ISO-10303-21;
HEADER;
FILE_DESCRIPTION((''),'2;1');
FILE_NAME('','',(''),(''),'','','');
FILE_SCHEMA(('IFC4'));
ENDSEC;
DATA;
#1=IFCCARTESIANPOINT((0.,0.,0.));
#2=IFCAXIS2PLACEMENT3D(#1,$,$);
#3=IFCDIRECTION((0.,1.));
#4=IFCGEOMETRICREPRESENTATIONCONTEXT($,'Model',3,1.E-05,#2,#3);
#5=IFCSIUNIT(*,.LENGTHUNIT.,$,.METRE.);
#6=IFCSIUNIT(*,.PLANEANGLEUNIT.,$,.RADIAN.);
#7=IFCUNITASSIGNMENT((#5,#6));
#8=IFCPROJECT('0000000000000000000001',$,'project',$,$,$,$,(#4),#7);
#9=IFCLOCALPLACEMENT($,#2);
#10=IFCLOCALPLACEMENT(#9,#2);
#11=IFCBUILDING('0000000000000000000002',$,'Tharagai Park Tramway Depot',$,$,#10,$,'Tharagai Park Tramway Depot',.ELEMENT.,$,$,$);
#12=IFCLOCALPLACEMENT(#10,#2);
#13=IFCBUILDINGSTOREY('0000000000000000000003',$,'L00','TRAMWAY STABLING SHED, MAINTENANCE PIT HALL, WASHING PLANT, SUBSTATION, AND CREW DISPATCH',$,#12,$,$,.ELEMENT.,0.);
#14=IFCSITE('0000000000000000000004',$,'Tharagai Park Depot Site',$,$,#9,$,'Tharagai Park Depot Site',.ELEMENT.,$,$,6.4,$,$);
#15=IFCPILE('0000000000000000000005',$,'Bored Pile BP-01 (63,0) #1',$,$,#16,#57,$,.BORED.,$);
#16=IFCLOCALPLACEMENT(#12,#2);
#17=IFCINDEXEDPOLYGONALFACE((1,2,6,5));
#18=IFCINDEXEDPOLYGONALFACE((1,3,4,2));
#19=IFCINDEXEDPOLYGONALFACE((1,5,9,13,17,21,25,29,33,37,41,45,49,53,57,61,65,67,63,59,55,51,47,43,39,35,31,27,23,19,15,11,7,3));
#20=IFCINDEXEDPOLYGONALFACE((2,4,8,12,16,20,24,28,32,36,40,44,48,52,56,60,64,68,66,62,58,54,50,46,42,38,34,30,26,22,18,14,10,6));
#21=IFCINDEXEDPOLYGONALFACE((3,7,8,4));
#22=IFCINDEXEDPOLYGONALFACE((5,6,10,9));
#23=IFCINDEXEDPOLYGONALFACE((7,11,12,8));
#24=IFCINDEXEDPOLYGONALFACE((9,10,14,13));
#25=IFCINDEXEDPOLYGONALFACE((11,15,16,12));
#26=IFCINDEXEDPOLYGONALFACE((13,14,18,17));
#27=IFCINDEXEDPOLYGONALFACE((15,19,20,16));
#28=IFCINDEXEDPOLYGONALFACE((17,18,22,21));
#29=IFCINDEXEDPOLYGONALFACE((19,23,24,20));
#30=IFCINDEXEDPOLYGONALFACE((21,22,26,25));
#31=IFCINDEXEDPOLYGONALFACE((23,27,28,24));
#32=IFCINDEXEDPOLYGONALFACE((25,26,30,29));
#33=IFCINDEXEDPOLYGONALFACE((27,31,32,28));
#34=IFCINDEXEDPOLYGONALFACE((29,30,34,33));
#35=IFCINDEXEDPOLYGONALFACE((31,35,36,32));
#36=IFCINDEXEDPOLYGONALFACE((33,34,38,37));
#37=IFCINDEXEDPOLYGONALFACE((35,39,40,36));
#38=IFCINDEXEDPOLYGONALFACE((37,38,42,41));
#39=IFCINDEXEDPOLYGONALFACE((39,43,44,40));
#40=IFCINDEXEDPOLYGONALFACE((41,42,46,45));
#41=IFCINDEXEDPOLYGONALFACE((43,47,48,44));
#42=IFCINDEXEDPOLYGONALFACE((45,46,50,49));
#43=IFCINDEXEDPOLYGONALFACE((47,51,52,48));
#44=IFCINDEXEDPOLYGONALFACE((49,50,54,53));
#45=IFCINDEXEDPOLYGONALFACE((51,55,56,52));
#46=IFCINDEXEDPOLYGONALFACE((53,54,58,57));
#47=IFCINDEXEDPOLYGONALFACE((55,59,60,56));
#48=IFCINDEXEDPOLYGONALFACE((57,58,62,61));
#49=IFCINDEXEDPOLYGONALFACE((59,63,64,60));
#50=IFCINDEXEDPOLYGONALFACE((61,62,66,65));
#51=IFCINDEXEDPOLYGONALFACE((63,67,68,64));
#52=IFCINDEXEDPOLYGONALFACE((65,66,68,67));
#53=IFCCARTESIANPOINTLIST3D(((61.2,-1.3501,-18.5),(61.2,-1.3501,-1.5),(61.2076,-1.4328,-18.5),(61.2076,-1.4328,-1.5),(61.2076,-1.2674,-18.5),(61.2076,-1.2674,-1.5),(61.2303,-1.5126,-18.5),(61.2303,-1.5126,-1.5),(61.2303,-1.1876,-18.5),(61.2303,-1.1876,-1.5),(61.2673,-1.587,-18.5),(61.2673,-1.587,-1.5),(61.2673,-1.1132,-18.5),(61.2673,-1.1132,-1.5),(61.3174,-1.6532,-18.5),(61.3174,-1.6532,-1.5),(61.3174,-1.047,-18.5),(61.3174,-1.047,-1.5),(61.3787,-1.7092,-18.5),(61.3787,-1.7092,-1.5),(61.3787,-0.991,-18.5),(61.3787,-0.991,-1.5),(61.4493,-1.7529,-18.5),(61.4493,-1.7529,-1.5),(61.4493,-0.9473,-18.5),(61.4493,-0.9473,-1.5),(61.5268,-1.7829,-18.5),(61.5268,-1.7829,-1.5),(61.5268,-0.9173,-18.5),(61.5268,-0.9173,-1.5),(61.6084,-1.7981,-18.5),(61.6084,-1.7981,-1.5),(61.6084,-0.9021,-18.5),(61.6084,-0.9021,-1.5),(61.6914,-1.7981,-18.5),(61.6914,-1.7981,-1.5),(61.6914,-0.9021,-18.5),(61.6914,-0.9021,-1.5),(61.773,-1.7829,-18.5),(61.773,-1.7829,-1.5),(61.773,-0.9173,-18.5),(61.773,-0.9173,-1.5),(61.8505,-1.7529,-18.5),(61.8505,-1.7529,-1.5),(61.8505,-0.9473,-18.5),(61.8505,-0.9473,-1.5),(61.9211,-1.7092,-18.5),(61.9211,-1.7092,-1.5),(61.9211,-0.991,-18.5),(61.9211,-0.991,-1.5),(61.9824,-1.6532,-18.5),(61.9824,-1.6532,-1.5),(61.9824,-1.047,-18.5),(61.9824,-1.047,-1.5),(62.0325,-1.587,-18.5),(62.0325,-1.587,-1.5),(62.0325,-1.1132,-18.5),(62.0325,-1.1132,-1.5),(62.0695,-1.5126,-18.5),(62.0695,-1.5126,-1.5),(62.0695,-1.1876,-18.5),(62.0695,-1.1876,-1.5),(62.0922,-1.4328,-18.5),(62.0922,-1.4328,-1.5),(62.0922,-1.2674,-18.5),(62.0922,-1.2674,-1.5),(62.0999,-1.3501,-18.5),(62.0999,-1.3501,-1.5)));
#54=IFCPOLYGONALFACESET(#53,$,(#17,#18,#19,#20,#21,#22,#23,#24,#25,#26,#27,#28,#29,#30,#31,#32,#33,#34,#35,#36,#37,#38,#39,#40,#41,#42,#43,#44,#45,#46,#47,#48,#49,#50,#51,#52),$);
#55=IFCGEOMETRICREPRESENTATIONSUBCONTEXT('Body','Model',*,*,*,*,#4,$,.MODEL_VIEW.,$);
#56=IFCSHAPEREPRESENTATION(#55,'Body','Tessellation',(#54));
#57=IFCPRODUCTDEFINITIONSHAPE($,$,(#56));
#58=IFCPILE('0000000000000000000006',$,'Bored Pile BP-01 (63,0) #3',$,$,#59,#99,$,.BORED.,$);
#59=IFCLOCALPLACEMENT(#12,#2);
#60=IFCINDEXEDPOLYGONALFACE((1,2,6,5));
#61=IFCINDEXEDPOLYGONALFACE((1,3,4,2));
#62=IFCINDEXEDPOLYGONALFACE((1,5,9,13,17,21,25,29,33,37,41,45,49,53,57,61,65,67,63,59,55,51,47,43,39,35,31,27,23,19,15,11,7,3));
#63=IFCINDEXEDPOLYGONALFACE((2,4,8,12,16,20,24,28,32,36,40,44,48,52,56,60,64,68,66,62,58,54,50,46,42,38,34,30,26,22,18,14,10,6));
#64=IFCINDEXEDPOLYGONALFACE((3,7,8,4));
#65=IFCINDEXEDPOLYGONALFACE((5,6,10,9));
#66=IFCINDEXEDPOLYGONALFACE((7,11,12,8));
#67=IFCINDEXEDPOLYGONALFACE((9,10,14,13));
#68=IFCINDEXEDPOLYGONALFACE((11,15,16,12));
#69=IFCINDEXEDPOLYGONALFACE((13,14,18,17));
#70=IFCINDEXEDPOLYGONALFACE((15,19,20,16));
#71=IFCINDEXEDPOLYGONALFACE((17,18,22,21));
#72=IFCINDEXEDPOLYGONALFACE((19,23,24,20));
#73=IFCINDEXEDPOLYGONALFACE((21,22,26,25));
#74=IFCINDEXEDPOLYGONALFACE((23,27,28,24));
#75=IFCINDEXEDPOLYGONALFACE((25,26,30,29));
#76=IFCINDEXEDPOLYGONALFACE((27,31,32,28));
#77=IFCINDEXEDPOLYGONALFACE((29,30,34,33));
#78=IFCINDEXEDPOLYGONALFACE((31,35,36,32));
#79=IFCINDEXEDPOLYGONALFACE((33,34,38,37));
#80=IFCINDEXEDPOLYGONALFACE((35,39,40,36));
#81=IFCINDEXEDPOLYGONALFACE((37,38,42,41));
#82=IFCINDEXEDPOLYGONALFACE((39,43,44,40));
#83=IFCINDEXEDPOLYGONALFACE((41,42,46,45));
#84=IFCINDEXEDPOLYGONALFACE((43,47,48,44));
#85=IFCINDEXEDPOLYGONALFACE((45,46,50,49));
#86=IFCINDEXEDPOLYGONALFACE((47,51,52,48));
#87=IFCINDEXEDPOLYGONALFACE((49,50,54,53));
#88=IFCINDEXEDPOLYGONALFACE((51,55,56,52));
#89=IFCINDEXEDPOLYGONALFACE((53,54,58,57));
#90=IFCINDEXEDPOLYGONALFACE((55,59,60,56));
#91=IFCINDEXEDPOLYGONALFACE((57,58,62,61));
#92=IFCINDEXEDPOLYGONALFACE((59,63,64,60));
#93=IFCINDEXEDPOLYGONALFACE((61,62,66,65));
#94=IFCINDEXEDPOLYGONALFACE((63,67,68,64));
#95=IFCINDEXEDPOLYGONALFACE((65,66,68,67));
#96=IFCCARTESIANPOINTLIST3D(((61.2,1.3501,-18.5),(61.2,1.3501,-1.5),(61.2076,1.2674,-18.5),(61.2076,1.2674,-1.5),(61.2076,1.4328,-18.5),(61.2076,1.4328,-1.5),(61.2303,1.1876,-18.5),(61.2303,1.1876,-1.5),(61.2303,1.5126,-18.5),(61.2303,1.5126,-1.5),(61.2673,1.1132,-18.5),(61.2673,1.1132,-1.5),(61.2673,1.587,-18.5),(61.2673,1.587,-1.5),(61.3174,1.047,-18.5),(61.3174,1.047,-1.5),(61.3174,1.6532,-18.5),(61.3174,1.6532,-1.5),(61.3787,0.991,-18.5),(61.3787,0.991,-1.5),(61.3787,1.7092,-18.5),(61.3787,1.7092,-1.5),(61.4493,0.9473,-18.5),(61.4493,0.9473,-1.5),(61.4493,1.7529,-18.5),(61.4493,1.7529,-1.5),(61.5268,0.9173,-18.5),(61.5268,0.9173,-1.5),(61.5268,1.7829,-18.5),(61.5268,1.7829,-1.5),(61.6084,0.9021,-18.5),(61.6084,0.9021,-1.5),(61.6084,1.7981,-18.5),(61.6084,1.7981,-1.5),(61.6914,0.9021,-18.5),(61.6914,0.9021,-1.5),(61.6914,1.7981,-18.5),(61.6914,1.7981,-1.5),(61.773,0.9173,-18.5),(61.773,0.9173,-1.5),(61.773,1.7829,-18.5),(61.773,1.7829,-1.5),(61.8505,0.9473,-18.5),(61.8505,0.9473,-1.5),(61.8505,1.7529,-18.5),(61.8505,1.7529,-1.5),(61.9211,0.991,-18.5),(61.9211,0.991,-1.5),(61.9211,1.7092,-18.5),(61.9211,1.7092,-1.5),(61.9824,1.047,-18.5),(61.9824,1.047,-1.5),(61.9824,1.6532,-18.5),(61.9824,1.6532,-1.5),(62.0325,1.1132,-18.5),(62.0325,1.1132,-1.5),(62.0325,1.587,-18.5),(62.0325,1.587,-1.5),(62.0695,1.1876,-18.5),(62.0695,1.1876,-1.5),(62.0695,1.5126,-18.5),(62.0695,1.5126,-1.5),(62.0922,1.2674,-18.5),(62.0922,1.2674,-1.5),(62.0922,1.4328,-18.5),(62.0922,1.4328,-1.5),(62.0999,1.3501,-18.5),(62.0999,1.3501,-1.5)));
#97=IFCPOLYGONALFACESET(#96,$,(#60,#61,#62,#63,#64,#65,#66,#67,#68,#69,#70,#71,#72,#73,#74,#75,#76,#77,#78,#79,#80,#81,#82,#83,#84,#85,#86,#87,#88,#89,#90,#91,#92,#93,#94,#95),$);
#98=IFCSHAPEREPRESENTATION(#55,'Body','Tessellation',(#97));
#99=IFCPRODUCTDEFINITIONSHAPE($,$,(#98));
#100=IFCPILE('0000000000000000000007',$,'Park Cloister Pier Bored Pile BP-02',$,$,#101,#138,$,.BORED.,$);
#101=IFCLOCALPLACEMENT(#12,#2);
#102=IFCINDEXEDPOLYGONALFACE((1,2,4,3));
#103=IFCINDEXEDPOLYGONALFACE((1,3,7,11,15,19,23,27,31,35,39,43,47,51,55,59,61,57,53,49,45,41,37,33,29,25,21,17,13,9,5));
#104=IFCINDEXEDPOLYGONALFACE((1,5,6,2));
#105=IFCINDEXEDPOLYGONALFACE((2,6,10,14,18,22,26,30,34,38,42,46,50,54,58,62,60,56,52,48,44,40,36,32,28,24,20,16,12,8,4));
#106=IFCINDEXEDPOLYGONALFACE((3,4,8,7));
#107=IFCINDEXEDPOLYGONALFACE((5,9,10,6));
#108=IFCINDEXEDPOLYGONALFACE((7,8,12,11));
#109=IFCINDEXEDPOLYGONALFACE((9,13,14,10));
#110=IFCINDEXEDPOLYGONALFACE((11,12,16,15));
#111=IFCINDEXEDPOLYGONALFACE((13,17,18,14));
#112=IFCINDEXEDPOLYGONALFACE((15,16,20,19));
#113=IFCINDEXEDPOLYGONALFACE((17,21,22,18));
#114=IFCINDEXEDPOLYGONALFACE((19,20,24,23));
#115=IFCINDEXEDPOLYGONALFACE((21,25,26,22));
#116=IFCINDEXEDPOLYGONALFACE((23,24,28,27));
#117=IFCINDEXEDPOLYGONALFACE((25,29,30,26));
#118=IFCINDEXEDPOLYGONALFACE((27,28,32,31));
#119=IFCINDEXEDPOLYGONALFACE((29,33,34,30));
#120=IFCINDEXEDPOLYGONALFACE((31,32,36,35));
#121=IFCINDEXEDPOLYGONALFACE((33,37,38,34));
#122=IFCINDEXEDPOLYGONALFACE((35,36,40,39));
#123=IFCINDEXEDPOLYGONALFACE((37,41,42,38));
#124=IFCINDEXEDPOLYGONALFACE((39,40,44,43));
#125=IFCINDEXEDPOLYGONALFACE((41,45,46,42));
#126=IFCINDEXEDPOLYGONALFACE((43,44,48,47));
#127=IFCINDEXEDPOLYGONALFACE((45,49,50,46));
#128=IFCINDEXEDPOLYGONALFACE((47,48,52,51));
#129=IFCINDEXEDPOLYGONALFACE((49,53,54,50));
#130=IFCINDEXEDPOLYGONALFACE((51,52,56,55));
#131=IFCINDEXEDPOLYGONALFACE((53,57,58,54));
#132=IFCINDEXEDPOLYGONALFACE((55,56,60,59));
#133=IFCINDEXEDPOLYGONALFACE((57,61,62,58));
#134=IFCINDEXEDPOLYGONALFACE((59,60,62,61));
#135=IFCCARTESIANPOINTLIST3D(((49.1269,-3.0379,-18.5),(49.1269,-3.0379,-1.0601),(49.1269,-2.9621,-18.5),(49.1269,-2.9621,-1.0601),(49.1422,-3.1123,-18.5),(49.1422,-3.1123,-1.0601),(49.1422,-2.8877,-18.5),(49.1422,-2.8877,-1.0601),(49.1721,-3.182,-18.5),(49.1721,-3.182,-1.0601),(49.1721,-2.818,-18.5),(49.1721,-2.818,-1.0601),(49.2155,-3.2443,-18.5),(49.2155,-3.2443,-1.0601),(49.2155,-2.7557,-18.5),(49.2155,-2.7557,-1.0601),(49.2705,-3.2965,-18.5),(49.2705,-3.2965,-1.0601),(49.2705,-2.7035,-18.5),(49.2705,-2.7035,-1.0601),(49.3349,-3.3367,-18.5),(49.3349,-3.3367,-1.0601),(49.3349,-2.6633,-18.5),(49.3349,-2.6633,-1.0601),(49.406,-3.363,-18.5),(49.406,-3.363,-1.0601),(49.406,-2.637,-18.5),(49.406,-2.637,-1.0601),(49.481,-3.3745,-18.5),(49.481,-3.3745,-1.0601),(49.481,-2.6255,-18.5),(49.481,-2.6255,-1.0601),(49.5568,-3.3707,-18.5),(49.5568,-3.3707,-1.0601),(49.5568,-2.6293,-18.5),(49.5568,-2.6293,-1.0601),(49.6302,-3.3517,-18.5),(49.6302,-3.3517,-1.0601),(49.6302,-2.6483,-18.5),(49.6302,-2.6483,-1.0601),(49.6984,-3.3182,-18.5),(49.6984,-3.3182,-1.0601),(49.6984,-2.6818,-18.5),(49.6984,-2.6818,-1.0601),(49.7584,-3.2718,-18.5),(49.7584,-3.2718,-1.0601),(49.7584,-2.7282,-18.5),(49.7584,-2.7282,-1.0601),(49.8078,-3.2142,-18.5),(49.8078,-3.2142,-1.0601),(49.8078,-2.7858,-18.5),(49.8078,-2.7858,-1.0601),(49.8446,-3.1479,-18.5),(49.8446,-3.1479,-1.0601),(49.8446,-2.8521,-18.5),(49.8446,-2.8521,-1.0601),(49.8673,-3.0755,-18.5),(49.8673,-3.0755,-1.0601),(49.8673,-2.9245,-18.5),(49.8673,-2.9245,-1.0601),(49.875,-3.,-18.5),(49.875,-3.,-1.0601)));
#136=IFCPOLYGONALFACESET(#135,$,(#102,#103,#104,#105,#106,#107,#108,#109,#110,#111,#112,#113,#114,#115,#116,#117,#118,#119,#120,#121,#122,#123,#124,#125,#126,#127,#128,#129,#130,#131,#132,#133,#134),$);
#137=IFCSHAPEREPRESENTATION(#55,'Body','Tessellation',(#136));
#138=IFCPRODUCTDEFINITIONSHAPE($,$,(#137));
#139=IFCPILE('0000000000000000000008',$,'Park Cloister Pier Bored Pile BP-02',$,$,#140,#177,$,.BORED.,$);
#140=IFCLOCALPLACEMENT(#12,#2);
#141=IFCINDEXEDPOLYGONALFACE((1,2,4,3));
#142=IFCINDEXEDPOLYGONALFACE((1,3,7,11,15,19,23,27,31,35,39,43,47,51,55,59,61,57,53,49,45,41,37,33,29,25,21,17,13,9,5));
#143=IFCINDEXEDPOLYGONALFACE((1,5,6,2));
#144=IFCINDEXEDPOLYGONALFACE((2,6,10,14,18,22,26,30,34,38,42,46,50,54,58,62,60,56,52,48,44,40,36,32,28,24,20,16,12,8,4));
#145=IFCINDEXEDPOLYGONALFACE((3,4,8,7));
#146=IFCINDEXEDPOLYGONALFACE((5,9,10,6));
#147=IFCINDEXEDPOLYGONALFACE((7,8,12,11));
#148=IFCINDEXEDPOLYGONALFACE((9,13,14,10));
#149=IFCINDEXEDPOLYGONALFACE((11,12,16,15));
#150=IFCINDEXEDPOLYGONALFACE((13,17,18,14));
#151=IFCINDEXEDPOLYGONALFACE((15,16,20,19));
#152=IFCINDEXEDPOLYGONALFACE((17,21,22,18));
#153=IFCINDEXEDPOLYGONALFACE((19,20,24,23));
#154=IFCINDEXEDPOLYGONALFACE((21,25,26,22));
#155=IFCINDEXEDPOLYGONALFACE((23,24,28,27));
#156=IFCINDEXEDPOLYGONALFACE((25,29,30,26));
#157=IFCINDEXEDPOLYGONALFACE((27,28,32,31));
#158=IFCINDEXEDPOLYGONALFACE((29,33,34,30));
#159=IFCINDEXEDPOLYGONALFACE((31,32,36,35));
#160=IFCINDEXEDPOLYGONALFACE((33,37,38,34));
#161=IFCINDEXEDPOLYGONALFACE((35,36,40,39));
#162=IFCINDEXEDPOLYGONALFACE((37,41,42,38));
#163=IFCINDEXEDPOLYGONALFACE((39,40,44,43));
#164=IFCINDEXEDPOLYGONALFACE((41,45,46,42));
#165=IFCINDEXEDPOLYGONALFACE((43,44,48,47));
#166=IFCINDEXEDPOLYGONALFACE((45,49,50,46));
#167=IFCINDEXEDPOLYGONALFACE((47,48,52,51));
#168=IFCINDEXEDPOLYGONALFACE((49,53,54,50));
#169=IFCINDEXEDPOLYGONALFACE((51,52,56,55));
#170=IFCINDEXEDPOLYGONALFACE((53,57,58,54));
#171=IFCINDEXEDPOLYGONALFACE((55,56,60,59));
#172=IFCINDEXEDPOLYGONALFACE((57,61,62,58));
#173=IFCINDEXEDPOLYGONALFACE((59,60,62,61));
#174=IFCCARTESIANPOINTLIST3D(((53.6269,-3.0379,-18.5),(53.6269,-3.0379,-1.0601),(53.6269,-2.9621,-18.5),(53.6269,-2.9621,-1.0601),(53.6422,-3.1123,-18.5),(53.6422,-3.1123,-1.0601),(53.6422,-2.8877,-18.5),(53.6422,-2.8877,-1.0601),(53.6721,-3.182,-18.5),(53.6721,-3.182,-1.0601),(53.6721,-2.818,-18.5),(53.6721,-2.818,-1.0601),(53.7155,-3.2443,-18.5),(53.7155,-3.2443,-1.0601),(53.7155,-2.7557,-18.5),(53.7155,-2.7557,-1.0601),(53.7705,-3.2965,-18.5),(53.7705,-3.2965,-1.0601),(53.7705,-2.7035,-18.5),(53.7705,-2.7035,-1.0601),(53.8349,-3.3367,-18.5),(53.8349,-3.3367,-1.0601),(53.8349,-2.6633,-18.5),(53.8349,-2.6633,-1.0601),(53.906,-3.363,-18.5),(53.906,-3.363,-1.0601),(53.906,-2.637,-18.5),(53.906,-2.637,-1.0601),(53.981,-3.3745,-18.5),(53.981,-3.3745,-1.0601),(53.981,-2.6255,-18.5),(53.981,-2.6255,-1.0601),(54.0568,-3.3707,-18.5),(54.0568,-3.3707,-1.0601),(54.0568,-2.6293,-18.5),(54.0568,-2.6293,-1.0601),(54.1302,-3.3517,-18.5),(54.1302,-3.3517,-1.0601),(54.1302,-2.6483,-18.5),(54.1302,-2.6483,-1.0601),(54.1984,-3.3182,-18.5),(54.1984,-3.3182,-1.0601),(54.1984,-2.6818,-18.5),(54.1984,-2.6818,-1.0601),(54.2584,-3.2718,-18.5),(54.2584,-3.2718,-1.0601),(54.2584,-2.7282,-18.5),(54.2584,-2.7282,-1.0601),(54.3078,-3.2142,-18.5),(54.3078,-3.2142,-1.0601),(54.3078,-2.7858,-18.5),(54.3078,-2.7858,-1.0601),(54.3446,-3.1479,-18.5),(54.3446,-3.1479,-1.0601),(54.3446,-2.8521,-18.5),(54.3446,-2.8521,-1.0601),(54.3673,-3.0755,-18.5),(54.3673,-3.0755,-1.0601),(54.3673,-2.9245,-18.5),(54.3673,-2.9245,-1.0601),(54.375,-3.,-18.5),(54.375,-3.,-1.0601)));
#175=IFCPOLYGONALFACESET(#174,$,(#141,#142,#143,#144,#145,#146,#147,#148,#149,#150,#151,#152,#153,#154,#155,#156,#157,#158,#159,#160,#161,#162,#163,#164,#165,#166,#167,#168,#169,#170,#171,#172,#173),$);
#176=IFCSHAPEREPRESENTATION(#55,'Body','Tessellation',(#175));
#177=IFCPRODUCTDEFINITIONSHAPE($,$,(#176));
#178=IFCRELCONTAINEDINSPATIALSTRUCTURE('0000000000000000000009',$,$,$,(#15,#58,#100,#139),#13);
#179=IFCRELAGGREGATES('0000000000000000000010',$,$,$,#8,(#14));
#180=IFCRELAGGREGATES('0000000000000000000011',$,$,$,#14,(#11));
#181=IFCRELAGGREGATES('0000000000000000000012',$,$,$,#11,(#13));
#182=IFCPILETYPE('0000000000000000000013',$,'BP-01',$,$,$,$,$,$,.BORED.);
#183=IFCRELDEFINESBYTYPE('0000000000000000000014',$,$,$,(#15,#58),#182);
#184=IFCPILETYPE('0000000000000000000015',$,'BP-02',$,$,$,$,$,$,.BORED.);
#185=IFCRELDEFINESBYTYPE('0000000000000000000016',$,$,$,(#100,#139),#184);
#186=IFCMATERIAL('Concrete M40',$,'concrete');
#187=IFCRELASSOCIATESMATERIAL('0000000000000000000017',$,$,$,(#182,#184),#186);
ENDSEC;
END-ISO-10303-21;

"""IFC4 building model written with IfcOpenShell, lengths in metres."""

from ifc_helpers import new_model, si_unit, direction, frame, origin, origin_2d, place, context, subcontext, project, spatial, circle, extrude, material, material_profile, profile_set, type_object, element, save


model = new_model("IFC4")

# Units and contexts
model_context = context("Model", 3, precision=1e-05, world=origin(), true_north=direction((0.0, 1.0)))
body_context = subcontext(model_context, "Body", "Model", "MODEL_VIEW")
ifc_project = project(units=[si_unit("LENGTHUNIT", "METRE"), si_unit("PLANEANGLEUNIT", "RADIAN")], contexts=[model_context])

# Site, building, storey
site_placement = place(None, origin())
site = spatial("IfcSite", under=ifc_project, at=site_placement, Name="Tharagai Park Depot Site", LongName="Tharagai Park Depot Site", CompositionType="ELEMENT", RefElevation=6.4)
building_placement = place(site_placement, origin())
building = spatial("IfcBuilding", under=site, at=building_placement, Name="Tharagai Park Tramway Depot", LongName="Tharagai Park Tramway Depot", CompositionType="ELEMENT")
storey_placement = place(building_placement, origin())
storey = spatial("IfcBuildingStorey", under=building, at=storey_placement, Name="L00", Description="TRAMWAY STABLING SHED, MAINTENANCE PIT HALL, WASHING PLANT, SUBSTATION, AND CREW DISPATCH", CompositionType="ELEMENT", Elevation=0.0)

# Piles
ifc_material_1 = material(Name="Concrete M40", Category="concrete")
ifc_material_profile_1 = material_profile(ifc_material_1, circle(Radius=0.45, at=origin_2d()), Name="PILE D900")
ifc_profile_set_1 = profile_set([ifc_material_profile_1], Name="Concrete M40")
pile_type_1 = type_object("IfcPileType", Name="BP-01", PredefinedType="BORED", material=ifc_profile_set_1)
for number, where, z_axis, x_axis, name in (
    (1, (61.6499, -1.3501, -1.5), (0.0, 0.0, -1.0), (1.0, 0.0, 0.0), "Bored Pile BP-01 (63,0) #1"),
    (2, (61.6499, 1.3501, -1.5), (0.0, 0.0, -1.0), (1.0, 0.0, 0.0), "Bored Pile BP-01 (63,0) #3"),
):
    element("IfcPile", number, at=place(storey_placement, frame(where, z_axis=z_axis, x_axis=x_axis)), inside=storey, type_object=pile_type_1, Name=name, PredefinedType="BORED", context=body_context, shape_type="SweptSolid", body=[
        extrude(circle(Radius=0.45, at=origin_2d()), origin(), (0.0, 0.0, 1.0), 17.0),
    ])
ifc_material_profile_2 = material_profile(ifc_material_1, circle(Radius=0.375, at=origin_2d()), Name="PILE D750")
ifc_profile_set_2 = profile_set([ifc_material_profile_2], Name="Concrete M40")
pile_type_2 = type_object("IfcPileType", Name="BP-02", PredefinedType="BORED", material=ifc_profile_set_2)
for number, where, z_axis, x_axis, name in (
    (3, (49.5, -3.0, -1.0601), (0.0, 0.0, -1.0), (1.0, 0.0, 0.0), "Park Cloister Pier Bored Pile BP-02"),
    (4, (54.0, -3.0, -1.0601), (0.0, 0.0, -1.0), (1.0, 0.0, 0.0), "Park Cloister Pier Bored Pile BP-02"),
):
    element("IfcPile", number, at=place(storey_placement, frame(where, z_axis=z_axis, x_axis=x_axis)), inside=storey, type_object=pile_type_2, Name=name, PredefinedType="BORED", context=body_context, shape_type="SweptSolid", body=[
        extrude(circle(Radius=0.375, at=origin_2d()), origin(), (0.0, 0.0, 1.0), 17.4399),
    ])

save(model, "model.ifc")
